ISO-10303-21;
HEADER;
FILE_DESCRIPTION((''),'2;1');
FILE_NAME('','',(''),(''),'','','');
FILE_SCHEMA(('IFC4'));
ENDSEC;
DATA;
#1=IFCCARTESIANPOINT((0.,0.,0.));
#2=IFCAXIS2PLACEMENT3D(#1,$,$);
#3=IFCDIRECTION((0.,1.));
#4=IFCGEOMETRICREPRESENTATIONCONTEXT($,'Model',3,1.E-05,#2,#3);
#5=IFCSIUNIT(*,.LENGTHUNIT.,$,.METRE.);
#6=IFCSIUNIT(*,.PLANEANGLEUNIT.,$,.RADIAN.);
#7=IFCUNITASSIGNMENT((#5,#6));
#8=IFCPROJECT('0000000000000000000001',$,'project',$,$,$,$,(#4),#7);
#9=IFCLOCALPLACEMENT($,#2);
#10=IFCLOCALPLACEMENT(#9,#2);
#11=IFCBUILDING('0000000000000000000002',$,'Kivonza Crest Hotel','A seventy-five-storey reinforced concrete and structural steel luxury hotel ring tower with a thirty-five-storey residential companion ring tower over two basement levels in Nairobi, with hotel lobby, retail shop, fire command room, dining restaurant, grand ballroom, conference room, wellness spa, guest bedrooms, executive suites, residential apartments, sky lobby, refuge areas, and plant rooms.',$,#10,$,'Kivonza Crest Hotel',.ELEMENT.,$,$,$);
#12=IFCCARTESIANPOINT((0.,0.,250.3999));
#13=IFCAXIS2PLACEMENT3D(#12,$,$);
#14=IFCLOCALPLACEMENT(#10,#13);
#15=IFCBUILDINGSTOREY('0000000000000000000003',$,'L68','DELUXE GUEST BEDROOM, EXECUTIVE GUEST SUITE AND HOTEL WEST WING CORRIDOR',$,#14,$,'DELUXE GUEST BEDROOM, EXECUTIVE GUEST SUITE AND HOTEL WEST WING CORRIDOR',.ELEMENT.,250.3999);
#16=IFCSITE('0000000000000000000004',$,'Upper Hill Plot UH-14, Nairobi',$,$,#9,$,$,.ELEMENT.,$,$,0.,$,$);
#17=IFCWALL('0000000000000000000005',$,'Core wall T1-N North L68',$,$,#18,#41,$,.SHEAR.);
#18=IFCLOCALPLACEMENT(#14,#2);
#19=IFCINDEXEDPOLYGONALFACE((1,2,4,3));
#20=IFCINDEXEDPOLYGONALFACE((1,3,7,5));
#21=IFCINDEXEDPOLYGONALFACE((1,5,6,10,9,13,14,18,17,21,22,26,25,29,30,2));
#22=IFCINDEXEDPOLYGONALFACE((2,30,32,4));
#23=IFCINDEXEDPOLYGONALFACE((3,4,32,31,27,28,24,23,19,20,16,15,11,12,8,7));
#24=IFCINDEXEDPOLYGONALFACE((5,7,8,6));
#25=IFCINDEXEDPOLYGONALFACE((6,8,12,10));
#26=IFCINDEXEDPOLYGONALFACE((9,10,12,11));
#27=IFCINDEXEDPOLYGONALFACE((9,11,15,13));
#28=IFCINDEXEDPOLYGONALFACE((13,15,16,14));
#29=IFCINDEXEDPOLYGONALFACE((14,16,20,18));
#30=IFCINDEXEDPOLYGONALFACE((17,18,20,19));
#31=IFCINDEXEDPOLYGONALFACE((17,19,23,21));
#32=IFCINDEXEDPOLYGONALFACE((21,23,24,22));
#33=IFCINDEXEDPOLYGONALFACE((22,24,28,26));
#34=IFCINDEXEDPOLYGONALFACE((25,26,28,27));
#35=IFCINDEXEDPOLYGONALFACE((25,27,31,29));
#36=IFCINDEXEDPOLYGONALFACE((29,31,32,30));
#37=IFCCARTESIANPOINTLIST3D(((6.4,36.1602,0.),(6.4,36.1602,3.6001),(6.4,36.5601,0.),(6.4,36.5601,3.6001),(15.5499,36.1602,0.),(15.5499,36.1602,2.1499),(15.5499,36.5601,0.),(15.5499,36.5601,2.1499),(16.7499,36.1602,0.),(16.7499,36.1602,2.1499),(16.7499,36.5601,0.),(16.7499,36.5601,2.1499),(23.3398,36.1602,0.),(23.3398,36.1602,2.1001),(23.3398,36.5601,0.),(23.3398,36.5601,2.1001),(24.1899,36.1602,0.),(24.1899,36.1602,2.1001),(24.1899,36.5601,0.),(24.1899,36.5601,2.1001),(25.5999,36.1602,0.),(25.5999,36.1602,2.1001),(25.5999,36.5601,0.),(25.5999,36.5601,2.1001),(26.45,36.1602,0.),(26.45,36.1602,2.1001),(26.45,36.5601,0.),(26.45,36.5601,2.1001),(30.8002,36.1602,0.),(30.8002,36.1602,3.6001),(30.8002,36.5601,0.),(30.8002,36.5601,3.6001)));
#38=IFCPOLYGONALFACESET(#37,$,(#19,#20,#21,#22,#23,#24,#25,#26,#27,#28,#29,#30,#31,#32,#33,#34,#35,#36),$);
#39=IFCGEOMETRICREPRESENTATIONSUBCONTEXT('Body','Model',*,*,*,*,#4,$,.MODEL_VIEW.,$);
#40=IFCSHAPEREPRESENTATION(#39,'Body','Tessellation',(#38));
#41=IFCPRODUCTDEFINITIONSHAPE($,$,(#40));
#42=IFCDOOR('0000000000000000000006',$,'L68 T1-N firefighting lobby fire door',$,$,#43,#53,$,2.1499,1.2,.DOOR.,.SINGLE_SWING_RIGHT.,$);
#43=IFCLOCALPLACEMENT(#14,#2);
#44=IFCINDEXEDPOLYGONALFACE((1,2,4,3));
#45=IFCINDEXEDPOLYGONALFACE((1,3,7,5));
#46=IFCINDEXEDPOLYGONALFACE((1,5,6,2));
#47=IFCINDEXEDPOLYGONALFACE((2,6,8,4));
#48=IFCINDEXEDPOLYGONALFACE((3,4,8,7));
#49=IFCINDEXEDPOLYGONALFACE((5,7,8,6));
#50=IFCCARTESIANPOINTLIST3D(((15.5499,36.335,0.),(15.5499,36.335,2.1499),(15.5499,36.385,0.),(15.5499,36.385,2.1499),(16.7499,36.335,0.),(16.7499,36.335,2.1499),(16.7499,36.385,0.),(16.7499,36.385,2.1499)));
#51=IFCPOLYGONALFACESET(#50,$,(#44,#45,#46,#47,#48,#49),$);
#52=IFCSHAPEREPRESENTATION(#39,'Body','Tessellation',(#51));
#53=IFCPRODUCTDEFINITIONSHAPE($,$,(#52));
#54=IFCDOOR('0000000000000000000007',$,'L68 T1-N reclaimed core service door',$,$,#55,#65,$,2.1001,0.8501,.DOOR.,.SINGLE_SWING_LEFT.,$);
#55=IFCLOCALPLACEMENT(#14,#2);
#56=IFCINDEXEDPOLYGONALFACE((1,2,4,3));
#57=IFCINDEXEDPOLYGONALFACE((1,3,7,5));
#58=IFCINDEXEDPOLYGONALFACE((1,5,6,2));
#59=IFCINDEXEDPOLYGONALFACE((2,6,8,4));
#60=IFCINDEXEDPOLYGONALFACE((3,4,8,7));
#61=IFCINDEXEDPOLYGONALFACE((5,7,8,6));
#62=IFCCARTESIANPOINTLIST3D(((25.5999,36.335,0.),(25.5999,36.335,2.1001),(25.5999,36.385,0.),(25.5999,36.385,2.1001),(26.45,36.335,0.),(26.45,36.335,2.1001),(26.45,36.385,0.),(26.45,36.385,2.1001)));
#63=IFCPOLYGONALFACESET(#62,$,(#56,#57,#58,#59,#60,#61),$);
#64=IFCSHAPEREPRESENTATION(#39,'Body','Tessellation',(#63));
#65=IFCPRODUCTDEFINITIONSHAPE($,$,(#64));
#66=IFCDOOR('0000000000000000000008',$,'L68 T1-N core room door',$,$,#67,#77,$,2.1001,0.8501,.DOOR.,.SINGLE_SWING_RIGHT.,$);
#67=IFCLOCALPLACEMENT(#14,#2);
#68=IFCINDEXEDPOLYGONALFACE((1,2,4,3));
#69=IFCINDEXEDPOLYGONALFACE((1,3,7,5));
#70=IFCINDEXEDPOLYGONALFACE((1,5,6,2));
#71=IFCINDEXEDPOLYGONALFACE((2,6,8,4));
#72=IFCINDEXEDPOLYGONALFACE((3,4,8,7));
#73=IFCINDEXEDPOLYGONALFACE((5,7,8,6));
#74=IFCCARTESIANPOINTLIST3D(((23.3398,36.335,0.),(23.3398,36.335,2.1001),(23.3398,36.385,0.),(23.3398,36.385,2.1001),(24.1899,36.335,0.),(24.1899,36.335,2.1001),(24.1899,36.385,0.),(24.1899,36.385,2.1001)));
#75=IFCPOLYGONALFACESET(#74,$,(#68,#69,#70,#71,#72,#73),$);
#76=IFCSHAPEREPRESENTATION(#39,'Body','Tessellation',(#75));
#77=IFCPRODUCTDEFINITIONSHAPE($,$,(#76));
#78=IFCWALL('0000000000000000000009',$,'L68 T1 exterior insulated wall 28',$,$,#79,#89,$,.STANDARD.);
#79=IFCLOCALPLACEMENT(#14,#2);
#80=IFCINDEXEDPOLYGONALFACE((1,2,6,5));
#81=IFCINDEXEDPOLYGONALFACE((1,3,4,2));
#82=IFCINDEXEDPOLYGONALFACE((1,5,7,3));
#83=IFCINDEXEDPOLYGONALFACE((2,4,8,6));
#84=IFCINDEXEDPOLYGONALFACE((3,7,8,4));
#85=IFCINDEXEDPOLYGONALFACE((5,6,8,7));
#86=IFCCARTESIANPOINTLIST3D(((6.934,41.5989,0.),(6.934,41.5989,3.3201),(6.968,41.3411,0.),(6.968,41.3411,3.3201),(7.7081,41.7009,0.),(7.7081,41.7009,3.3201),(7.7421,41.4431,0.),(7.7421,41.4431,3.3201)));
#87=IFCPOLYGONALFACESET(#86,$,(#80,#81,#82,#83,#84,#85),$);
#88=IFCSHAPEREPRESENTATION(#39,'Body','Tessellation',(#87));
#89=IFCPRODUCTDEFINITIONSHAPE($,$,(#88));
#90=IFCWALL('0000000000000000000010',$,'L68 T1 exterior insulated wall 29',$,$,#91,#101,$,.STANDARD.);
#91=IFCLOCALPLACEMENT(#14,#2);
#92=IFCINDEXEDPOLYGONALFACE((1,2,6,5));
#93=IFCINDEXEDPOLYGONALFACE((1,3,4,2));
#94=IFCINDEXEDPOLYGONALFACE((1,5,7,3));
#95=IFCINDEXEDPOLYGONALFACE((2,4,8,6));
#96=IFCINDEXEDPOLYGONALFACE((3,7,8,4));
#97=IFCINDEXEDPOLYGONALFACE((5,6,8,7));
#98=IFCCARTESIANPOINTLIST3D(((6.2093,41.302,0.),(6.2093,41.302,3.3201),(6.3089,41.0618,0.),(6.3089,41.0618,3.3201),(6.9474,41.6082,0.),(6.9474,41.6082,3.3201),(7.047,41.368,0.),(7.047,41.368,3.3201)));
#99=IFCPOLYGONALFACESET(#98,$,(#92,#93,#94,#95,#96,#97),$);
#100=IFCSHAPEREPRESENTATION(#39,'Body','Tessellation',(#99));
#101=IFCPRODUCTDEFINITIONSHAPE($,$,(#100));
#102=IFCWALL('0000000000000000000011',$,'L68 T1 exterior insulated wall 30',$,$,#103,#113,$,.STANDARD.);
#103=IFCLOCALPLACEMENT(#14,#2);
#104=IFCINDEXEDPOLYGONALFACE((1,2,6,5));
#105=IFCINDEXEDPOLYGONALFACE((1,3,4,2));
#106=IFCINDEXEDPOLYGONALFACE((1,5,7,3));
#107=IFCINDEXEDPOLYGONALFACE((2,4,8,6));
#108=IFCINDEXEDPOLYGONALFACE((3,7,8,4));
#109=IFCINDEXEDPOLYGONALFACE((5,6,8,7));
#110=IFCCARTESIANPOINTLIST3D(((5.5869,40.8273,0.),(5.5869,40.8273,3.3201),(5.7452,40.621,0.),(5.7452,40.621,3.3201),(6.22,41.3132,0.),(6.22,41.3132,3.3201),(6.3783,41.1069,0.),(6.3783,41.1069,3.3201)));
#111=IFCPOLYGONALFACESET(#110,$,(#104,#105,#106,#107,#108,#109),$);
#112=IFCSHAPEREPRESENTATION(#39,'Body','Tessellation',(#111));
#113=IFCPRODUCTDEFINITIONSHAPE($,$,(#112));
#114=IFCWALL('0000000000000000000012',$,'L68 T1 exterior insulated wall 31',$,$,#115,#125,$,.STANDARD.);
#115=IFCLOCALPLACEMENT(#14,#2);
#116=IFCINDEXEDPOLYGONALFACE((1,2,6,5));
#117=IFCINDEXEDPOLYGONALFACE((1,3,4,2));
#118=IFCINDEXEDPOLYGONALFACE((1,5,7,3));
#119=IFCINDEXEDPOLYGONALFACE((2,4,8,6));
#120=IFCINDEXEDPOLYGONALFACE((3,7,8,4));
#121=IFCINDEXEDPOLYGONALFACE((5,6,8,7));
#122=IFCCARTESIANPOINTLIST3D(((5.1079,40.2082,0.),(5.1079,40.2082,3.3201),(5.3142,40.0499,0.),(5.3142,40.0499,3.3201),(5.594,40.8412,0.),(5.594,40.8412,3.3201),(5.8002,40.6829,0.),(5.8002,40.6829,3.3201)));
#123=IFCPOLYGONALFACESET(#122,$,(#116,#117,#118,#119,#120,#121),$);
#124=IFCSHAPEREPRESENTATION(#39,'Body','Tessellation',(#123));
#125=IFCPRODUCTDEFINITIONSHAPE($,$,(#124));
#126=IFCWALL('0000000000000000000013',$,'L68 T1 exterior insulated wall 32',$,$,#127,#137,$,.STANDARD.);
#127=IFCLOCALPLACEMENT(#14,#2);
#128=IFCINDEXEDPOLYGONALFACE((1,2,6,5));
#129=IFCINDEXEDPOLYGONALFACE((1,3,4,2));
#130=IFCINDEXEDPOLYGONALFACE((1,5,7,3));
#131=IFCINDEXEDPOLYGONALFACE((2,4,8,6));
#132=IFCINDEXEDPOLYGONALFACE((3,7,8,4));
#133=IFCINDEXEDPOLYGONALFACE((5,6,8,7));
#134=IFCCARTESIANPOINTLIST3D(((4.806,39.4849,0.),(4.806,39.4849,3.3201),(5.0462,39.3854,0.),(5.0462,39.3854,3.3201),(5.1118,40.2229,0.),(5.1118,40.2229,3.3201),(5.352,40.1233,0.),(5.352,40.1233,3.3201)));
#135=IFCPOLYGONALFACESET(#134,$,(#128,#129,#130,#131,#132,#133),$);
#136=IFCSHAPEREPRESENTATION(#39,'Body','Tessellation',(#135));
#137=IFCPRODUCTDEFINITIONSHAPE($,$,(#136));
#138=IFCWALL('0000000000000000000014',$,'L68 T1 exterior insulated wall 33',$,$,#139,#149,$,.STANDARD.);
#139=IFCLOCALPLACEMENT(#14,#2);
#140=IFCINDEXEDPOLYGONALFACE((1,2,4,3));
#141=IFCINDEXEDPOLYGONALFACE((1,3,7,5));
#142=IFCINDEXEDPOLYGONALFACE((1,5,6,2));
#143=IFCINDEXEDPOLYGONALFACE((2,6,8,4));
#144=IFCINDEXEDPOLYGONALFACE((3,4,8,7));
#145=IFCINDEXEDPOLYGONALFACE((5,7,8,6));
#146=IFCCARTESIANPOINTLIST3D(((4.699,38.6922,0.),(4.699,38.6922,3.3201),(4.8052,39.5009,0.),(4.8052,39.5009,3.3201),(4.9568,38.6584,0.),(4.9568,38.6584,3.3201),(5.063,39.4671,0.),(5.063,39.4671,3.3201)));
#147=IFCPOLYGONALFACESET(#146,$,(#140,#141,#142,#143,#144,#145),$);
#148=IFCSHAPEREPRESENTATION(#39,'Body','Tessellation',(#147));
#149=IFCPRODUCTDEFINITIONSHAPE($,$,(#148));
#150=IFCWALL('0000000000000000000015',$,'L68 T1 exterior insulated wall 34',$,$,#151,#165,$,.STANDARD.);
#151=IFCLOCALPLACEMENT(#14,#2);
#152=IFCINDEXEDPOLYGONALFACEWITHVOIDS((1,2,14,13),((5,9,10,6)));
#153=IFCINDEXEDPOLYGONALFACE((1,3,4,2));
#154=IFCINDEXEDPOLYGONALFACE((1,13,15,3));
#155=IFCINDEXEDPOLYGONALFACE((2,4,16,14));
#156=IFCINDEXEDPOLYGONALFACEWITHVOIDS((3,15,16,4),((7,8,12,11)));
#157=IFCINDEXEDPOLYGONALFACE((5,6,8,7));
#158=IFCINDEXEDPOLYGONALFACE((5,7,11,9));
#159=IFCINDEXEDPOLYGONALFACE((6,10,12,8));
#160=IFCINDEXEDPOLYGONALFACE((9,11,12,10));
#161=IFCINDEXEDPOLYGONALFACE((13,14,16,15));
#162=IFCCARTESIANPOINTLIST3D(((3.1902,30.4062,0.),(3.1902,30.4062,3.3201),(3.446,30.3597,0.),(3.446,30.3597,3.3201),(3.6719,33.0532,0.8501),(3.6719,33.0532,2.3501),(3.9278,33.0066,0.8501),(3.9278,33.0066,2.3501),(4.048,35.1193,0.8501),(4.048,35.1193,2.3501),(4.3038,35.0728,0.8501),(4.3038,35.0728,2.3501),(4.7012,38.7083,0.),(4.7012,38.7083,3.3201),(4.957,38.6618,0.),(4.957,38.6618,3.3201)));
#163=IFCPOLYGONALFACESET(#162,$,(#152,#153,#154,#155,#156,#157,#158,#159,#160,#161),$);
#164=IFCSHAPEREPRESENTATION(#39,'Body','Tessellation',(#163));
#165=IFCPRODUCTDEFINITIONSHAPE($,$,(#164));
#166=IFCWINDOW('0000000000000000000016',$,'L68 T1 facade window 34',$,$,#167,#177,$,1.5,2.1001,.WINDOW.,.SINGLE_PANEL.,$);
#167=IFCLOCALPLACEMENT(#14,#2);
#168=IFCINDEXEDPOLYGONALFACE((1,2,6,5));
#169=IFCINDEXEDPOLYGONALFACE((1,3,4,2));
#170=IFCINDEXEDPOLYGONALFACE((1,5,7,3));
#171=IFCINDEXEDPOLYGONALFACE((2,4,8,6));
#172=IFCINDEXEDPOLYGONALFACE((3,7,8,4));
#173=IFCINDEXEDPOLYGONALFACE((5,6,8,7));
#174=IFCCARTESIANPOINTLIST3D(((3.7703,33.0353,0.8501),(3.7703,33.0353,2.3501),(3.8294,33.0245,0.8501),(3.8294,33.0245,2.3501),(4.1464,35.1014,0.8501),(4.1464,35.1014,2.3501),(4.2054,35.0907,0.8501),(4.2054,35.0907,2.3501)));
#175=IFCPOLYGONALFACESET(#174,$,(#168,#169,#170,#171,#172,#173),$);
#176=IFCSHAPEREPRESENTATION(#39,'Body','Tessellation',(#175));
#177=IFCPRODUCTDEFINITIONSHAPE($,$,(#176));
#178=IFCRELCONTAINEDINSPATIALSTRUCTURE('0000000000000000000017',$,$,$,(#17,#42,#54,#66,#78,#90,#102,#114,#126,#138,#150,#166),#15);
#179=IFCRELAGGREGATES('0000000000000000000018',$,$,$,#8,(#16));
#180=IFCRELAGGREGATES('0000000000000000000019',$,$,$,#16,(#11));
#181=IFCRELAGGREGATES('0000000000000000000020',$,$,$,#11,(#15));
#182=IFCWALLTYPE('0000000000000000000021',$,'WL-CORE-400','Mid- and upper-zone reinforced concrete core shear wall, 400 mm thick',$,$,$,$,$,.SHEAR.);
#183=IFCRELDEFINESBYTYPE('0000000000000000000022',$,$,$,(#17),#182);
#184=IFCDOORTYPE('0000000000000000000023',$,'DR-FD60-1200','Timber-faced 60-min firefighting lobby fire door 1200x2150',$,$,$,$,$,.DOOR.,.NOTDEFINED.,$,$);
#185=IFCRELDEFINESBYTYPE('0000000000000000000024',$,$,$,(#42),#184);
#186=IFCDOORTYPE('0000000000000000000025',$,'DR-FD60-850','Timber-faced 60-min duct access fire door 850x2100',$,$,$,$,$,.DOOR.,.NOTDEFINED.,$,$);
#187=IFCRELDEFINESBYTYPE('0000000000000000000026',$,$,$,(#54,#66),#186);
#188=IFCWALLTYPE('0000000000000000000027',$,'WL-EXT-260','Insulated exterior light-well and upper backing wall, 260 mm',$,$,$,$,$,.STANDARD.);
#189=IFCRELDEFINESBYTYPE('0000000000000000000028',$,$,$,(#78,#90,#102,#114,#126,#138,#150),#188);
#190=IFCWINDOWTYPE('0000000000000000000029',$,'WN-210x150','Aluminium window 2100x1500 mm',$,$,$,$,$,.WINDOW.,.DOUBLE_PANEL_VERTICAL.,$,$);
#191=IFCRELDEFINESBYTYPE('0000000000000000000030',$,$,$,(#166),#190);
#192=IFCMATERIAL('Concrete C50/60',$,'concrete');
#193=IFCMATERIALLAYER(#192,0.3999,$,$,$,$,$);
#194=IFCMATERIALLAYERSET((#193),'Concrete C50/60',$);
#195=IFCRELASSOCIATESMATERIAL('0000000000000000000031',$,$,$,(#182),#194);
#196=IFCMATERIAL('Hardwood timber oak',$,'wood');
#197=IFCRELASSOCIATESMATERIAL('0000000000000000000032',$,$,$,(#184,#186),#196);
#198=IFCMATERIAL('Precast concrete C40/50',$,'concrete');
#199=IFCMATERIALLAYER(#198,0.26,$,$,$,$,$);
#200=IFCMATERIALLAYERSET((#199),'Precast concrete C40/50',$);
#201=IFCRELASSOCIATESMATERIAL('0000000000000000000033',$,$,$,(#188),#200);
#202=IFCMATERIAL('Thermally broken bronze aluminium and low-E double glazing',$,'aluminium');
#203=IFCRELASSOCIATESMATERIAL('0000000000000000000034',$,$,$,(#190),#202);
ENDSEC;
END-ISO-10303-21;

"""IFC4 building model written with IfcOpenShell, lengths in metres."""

from ifc_helpers import new_model, si_unit, direction, frame, frame_2d, origin, place, context, subcontext, project, spatial, rectangle, extrude, material, layer, layer_set, type_object, element, fill, save


model = new_model("IFC4")

# Units and contexts
model_context = context("Model", 3, precision=1e-05, world=origin(), true_north=direction((0.0, 1.0)))
body_context = subcontext(model_context, "Body", "Model", "MODEL_VIEW")
ifc_project = project(units=[si_unit("LENGTHUNIT", "METRE"), si_unit("PLANEANGLEUNIT", "RADIAN")], contexts=[model_context])

# Site, building, storey
site_placement = place(None, origin())
site = spatial("IfcSite", under=ifc_project, at=site_placement, Name="Upper Hill Plot UH-14, Nairobi", CompositionType="ELEMENT", RefElevation=0.0)
building_placement = place(site_placement, origin())
building = spatial("IfcBuilding", under=site, at=building_placement, Name="Kivonza Crest Hotel", Description="A seventy-five-storey reinforced concrete and structural steel luxury hotel ring tower with a thirty-five-storey residential companion ring tower over two basement levels in Nairobi, with hotel lobby, retail shop, fire command room, dining restaurant, grand ballroom, conference room, wellness spa, guest bedrooms, executive suites, residential apartments, sky lobby, refuge areas, and plant rooms.", LongName="Kivonza Crest Hotel", CompositionType="ELEMENT")
storey_placement = place(building_placement, frame((0.0, 0.0, 250.3999)))
storey = spatial("IfcBuildingStorey", under=building, at=storey_placement, Name="L68", Description="DELUXE GUEST BEDROOM, EXECUTIVE GUEST SUITE AND HOTEL WEST WING CORRIDOR", LongName="DELUXE GUEST BEDROOM, EXECUTIVE GUEST SUITE AND HOTEL WEST WING CORRIDOR", CompositionType="ELEMENT", Elevation=250.3999)

# Shared definitions
ifc_material_1 = material(Name="Concrete C50/60", Category="concrete")

# Wall, openings, doors
ifc_layer_1 = layer(ifc_material_1, 0.3999)
ifc_layer_set_1 = layer_set([ifc_layer_1], Name="Concrete C50/60")
wall_type_1 = type_object("IfcWallType", Name="WL-CORE-400", Description="Mid- and upper-zone reinforced concrete core shear wall, 400 mm thick", PredefinedType="SHEAR", material=ifc_layer_set_1)
wall_1_placement = place(storey_placement, frame((6.3999, 36.3601, 0.0), z_axis=(0.0, 0.0, 1.0), x_axis=(1.0, 0.0, 0.0)))
wall_1 = element("IfcWall", 1, at=wall_1_placement, inside=storey, type_object=wall_type_1, Name="Core wall T1-N North L68", PredefinedType="SHEAR", context=body_context, shape_type="SweptSolid", body=[
    extrude(rectangle(XDim=24.4001, YDim=0.3999, at=frame_2d((12.2002, 0.0))), origin(), (0.0, 0.0, 1.0), 3.6001),
])
opening_1_placement = place(wall_1_placement, frame((9.1499, 0.0, 0.0)))
opening_1 = element("IfcOpeningElement", 2, at=opening_1_placement, cuts=wall_1, PredefinedType="OPENING", context=body_context, shape_type="SweptSolid", body=[
    extrude(rectangle(XDim=1.2, YDim=2.1499, at=frame_2d((0.6001, 1.075))), frame((0.0, 0.21, 0.0), z_axis=(0.0, -1.0, 0.0), x_axis=(1.0, 0.0, 0.0)), (0.0, 0.0, 1.0), 0.4199),
])
opening_2_placement = place(wall_1_placement, frame((19.2, 0.0, 0.0)))
opening_2 = element("IfcOpeningElement", 3, at=opening_2_placement, cuts=wall_1, PredefinedType="OPENING", context=body_context, shape_type="SweptSolid", body=[
    extrude(rectangle(XDim=0.8501, YDim=2.1001, at=frame_2d((0.425, 1.05))), frame((0.0, 0.21, 0.0), z_axis=(0.0, -1.0, 0.0), x_axis=(1.0, 0.0, 0.0)), (0.0, 0.0, 1.0), 0.4199),
])
opening_3_placement = place(wall_1_placement, frame((16.9399, 0.0, 0.0)))
opening_3 = element("IfcOpeningElement", 4, at=opening_3_placement, cuts=wall_1, PredefinedType="OPENING", context=body_context, shape_type="SweptSolid", body=[
    extrude(rectangle(XDim=0.8501, YDim=2.1001, at=frame_2d((0.425, 1.05))), frame((0.0, 0.21, 0.0), z_axis=(0.0, -1.0, 0.0), x_axis=(1.0, 0.0, 0.0)), (0.0, 0.0, 1.0), 0.4199),
])
ifc_material_2 = material(Name="Hardwood timber oak", Category="wood")
door_type_1 = type_object("IfcDoorType", Name="DR-FD60-1200", Description="Timber-faced 60-min firefighting lobby fire door 1200x2150", OperationType="NOTDEFINED", PredefinedType="DOOR", material=ifc_material_2)
door_1_placement = place(opening_1_placement, origin())
door_1 = element("IfcDoor", 5, at=door_1_placement, inside=storey, type_object=door_type_1, Name="L68 T1-N firefighting lobby fire door", OperationType="SINGLE_SWING_RIGHT", OverallHeight=2.1499, OverallWidth=1.2, PredefinedType="DOOR", context=body_context, shape_type="SweptSolid", body=[
    extrude(rectangle(XDim=1.2, YDim=2.1499, at=frame_2d((0.6001, 1.075))), frame((0.0, 0.0249, 0.0), z_axis=(0.0, -1.0, 0.0), x_axis=(1.0, 0.0, 0.0)), (0.0, 0.0, 1.0), 0.05),
])
fill(opening_1, door_1)
door_type_2 = type_object("IfcDoorType", Name="DR-FD60-850", Description="Timber-faced 60-min duct access fire door 850x2100", OperationType="NOTDEFINED", PredefinedType="DOOR", material=ifc_material_2)
door_2_placement = place(opening_2_placement, origin())
door_2 = element("IfcDoor", 6, at=door_2_placement, inside=storey, type_object=door_type_2, Name="L68 T1-N reclaimed core service door", OperationType="SINGLE_SWING_LEFT", OverallHeight=2.1001, OverallWidth=0.8501, PredefinedType="DOOR", context=body_context, shape_type="SweptSolid", body=[
    extrude(rectangle(XDim=0.8501, YDim=2.1001, at=frame_2d((0.425, 1.05))), frame((0.0, 0.0249, 0.0), z_axis=(0.0, -1.0, 0.0), x_axis=(1.0, 0.0, 0.0)), (0.0, 0.0, 1.0), 0.05),
])
fill(opening_2, door_2)
door_3_placement = place(opening_3_placement, origin())
door_3 = element("IfcDoor", 7, at=door_3_placement, inside=storey, type_object=door_type_2, Name="L68 T1-N core room door", OperationType="SINGLE_SWING_RIGHT", OverallHeight=2.1001, OverallWidth=0.8501, PredefinedType="DOOR", context=body_context, shape_type="SweptSolid", body=[
    extrude(rectangle(XDim=0.8501, YDim=2.1001, at=frame_2d((0.425, 1.05))), frame((0.0, 0.0249, 0.0), z_axis=(0.0, -1.0, 0.0), x_axis=(1.0, 0.0, 0.0)), (0.0, 0.0, 1.0), 0.05),
])
fill(opening_3, door_3)

# Walls
ifc_material_3 = material(Name="Precast concrete C40/50", Category="concrete")
ifc_layer_2 = layer(ifc_material_3, 0.26)
ifc_layer_set_2 = layer_set([ifc_layer_2], Name="Precast concrete C40/50")
wall_type_2 = type_object("IfcWallType", Name="WL-EXT-260", Description="Insulated exterior light-well and upper backing wall, 260 mm", PredefinedType="STANDARD", material=ifc_layer_set_2)
wall_2_placement = place(storey_placement, frame((7.7251, 41.572, 0.0), z_axis=(0.0, 0.0, 1.0), x_axis=(-0.991423, -0.130689, 0.0)))
element("IfcWall", 8, at=wall_2_placement, inside=storey, type_object=wall_type_2, Name="L68 T1 exterior insulated wall 28", PredefinedType="STANDARD", context=body_context, shape_type="SweptSolid", body=[
    extrude(rectangle(XDim=0.7808, YDim=0.26, at=frame_2d((0.3904, 0.0))), origin(), (0.0, 0.0, 1.0), 3.3201),
])
wall_3_placement = place(storey_placement, frame((6.9971, 41.488, 0.0), z_axis=(0.0, 0.0, 1.0), x_axis=(-0.923681, -0.383161, 0.0)))
element("IfcWall", 9, at=wall_3_placement, inside=storey, type_object=wall_type_2, Name="L68 T1 exterior insulated wall 29", PredefinedType="STANDARD", context=body_context, shape_type="SweptSolid", body=[
    extrude(rectangle(XDim=0.7991, YDim=0.26, at=frame_2d((0.3994, 0.0))), origin(), (0.0, 0.0, 1.0), 3.3201),
])
for number, where, z_axis, x_axis, name in (
    (10, (6.2991, 41.21, 0.0), (0.0, 0.0, 1.0), (-0.793306, -0.608823, 0.0), "L68 T1 exterior insulated wall 30"),
    (11, (5.697, 40.762, 0.0), (0.0, 0.0, 1.0), (-0.609016, -0.793158, 0.0), "L68 T1 exterior insulated wall 31"),
):
    element("IfcWall", number, at=place(storey_placement, frame(where, z_axis=z_axis, x_axis=x_axis)), inside=storey, type_object=wall_type_2, Name=name, PredefinedType="STANDARD", context=body_context, shape_type="SweptSolid", body=[
        extrude(rectangle(XDim=0.7981, YDim=0.26, at=frame_2d((0.3989, 0.0))), origin(), (0.0, 0.0, 1.0), 3.3201),
    ])
wall_4_placement = place(storey_placement, frame((5.2319, 40.1731, 0.0), z_axis=(0.0, 0.0, 1.0), x_axis=(-0.382901, -0.92379, 0.0)))
element("IfcWall", 12, at=wall_4_placement, inside=storey, type_object=wall_type_2, Name="L68 T1 exterior insulated wall 32", PredefinedType="STANDARD", context=body_context, shape_type="SweptSolid", body=[
    extrude(rectangle(XDim=0.7988, YDim=0.26, at=frame_2d((0.3994, 0.0))), origin(), (0.0, 0.0, 1.0), 3.3201),
])
wall_5_placement = place(storey_placement, frame((4.9341, 39.4839, 0.0), z_axis=(0.0, 0.0, 1.0), x_axis=(-0.130184, -0.99149, 0.0)))
element("IfcWall", 13, at=wall_5_placement, inside=storey, type_object=wall_type_2, Name="L68 T1 exterior insulated wall 33", PredefinedType="STANDARD", context=body_context, shape_type="SweptSolid", body=[
    extrude(rectangle(XDim=0.8157, YDim=0.26, at=frame_2d((0.4077, 0.0))), origin(), (0.0, 0.0, 1.0), 3.3201),
])

# Wall, opening, window
wall_6_placement = place(storey_placement, frame((4.8291, 38.6851, 0.0), z_axis=(0.0, 0.0, 1.0), x_axis=(-0.179061, -0.983838, 0.0)))
wall_6 = element("IfcWall", 14, at=wall_6_placement, inside=storey, type_object=wall_type_2, Name="L68 T1 exterior insulated wall 34", PredefinedType="STANDARD", context=body_context, shape_type="SweptSolid", body=[
    extrude(rectangle(XDim=8.4385, YDim=0.26, at=frame_2d((4.2192, 0.0))), origin(), (0.0, 0.0, 1.0), 3.3201),
])
opening_4_placement = place(wall_6_placement, frame((3.6479, 0.0, 0.8501)))
opening_4 = element("IfcOpeningElement", 15, at=opening_4_placement, cuts=wall_6, PredefinedType="OPENING", context=body_context, shape_type="SweptSolid", body=[
    extrude(rectangle(XDim=2.1001, YDim=1.5, at=frame_2d((1.05, 0.75))), frame((0.0, 0.1401, 0.0), z_axis=(0.0, -1.0, 0.0), x_axis=(1.0, 0.0, 0.0)), (0.0, 0.0, 1.0), 0.28),
])
ifc_material_4 = material(Name="Thermally broken bronze aluminium and low-E double glazing", Category="aluminium")
window_type = type_object("IfcWindowType", Name="WN-210x150", Description="Aluminium window 2100x1500 mm", PartitioningType="DOUBLE_PANEL_VERTICAL", PredefinedType="WINDOW", material=ifc_material_4)
window_placement = place(opening_4_placement, origin())
window = element("IfcWindow", 16, at=window_placement, inside=storey, type_object=window_type, Name="L68 T1 facade window 34", OverallHeight=1.5, OverallWidth=2.1001, PartitioningType="SINGLE_PANEL", PredefinedType="WINDOW", context=body_context, shape_type="SweptSolid", body=[
    extrude(rectangle(XDim=2.1001, YDim=1.5, at=frame_2d((1.05, 0.75))), frame((0.0, 0.03, 0.0), z_axis=(0.0, -1.0, 0.0), x_axis=(1.0, 0.0, 0.0)), (0.0, 0.0, 1.0), 0.0601),
])
fill(opening_4, window)

save(model, "model.ifc")
